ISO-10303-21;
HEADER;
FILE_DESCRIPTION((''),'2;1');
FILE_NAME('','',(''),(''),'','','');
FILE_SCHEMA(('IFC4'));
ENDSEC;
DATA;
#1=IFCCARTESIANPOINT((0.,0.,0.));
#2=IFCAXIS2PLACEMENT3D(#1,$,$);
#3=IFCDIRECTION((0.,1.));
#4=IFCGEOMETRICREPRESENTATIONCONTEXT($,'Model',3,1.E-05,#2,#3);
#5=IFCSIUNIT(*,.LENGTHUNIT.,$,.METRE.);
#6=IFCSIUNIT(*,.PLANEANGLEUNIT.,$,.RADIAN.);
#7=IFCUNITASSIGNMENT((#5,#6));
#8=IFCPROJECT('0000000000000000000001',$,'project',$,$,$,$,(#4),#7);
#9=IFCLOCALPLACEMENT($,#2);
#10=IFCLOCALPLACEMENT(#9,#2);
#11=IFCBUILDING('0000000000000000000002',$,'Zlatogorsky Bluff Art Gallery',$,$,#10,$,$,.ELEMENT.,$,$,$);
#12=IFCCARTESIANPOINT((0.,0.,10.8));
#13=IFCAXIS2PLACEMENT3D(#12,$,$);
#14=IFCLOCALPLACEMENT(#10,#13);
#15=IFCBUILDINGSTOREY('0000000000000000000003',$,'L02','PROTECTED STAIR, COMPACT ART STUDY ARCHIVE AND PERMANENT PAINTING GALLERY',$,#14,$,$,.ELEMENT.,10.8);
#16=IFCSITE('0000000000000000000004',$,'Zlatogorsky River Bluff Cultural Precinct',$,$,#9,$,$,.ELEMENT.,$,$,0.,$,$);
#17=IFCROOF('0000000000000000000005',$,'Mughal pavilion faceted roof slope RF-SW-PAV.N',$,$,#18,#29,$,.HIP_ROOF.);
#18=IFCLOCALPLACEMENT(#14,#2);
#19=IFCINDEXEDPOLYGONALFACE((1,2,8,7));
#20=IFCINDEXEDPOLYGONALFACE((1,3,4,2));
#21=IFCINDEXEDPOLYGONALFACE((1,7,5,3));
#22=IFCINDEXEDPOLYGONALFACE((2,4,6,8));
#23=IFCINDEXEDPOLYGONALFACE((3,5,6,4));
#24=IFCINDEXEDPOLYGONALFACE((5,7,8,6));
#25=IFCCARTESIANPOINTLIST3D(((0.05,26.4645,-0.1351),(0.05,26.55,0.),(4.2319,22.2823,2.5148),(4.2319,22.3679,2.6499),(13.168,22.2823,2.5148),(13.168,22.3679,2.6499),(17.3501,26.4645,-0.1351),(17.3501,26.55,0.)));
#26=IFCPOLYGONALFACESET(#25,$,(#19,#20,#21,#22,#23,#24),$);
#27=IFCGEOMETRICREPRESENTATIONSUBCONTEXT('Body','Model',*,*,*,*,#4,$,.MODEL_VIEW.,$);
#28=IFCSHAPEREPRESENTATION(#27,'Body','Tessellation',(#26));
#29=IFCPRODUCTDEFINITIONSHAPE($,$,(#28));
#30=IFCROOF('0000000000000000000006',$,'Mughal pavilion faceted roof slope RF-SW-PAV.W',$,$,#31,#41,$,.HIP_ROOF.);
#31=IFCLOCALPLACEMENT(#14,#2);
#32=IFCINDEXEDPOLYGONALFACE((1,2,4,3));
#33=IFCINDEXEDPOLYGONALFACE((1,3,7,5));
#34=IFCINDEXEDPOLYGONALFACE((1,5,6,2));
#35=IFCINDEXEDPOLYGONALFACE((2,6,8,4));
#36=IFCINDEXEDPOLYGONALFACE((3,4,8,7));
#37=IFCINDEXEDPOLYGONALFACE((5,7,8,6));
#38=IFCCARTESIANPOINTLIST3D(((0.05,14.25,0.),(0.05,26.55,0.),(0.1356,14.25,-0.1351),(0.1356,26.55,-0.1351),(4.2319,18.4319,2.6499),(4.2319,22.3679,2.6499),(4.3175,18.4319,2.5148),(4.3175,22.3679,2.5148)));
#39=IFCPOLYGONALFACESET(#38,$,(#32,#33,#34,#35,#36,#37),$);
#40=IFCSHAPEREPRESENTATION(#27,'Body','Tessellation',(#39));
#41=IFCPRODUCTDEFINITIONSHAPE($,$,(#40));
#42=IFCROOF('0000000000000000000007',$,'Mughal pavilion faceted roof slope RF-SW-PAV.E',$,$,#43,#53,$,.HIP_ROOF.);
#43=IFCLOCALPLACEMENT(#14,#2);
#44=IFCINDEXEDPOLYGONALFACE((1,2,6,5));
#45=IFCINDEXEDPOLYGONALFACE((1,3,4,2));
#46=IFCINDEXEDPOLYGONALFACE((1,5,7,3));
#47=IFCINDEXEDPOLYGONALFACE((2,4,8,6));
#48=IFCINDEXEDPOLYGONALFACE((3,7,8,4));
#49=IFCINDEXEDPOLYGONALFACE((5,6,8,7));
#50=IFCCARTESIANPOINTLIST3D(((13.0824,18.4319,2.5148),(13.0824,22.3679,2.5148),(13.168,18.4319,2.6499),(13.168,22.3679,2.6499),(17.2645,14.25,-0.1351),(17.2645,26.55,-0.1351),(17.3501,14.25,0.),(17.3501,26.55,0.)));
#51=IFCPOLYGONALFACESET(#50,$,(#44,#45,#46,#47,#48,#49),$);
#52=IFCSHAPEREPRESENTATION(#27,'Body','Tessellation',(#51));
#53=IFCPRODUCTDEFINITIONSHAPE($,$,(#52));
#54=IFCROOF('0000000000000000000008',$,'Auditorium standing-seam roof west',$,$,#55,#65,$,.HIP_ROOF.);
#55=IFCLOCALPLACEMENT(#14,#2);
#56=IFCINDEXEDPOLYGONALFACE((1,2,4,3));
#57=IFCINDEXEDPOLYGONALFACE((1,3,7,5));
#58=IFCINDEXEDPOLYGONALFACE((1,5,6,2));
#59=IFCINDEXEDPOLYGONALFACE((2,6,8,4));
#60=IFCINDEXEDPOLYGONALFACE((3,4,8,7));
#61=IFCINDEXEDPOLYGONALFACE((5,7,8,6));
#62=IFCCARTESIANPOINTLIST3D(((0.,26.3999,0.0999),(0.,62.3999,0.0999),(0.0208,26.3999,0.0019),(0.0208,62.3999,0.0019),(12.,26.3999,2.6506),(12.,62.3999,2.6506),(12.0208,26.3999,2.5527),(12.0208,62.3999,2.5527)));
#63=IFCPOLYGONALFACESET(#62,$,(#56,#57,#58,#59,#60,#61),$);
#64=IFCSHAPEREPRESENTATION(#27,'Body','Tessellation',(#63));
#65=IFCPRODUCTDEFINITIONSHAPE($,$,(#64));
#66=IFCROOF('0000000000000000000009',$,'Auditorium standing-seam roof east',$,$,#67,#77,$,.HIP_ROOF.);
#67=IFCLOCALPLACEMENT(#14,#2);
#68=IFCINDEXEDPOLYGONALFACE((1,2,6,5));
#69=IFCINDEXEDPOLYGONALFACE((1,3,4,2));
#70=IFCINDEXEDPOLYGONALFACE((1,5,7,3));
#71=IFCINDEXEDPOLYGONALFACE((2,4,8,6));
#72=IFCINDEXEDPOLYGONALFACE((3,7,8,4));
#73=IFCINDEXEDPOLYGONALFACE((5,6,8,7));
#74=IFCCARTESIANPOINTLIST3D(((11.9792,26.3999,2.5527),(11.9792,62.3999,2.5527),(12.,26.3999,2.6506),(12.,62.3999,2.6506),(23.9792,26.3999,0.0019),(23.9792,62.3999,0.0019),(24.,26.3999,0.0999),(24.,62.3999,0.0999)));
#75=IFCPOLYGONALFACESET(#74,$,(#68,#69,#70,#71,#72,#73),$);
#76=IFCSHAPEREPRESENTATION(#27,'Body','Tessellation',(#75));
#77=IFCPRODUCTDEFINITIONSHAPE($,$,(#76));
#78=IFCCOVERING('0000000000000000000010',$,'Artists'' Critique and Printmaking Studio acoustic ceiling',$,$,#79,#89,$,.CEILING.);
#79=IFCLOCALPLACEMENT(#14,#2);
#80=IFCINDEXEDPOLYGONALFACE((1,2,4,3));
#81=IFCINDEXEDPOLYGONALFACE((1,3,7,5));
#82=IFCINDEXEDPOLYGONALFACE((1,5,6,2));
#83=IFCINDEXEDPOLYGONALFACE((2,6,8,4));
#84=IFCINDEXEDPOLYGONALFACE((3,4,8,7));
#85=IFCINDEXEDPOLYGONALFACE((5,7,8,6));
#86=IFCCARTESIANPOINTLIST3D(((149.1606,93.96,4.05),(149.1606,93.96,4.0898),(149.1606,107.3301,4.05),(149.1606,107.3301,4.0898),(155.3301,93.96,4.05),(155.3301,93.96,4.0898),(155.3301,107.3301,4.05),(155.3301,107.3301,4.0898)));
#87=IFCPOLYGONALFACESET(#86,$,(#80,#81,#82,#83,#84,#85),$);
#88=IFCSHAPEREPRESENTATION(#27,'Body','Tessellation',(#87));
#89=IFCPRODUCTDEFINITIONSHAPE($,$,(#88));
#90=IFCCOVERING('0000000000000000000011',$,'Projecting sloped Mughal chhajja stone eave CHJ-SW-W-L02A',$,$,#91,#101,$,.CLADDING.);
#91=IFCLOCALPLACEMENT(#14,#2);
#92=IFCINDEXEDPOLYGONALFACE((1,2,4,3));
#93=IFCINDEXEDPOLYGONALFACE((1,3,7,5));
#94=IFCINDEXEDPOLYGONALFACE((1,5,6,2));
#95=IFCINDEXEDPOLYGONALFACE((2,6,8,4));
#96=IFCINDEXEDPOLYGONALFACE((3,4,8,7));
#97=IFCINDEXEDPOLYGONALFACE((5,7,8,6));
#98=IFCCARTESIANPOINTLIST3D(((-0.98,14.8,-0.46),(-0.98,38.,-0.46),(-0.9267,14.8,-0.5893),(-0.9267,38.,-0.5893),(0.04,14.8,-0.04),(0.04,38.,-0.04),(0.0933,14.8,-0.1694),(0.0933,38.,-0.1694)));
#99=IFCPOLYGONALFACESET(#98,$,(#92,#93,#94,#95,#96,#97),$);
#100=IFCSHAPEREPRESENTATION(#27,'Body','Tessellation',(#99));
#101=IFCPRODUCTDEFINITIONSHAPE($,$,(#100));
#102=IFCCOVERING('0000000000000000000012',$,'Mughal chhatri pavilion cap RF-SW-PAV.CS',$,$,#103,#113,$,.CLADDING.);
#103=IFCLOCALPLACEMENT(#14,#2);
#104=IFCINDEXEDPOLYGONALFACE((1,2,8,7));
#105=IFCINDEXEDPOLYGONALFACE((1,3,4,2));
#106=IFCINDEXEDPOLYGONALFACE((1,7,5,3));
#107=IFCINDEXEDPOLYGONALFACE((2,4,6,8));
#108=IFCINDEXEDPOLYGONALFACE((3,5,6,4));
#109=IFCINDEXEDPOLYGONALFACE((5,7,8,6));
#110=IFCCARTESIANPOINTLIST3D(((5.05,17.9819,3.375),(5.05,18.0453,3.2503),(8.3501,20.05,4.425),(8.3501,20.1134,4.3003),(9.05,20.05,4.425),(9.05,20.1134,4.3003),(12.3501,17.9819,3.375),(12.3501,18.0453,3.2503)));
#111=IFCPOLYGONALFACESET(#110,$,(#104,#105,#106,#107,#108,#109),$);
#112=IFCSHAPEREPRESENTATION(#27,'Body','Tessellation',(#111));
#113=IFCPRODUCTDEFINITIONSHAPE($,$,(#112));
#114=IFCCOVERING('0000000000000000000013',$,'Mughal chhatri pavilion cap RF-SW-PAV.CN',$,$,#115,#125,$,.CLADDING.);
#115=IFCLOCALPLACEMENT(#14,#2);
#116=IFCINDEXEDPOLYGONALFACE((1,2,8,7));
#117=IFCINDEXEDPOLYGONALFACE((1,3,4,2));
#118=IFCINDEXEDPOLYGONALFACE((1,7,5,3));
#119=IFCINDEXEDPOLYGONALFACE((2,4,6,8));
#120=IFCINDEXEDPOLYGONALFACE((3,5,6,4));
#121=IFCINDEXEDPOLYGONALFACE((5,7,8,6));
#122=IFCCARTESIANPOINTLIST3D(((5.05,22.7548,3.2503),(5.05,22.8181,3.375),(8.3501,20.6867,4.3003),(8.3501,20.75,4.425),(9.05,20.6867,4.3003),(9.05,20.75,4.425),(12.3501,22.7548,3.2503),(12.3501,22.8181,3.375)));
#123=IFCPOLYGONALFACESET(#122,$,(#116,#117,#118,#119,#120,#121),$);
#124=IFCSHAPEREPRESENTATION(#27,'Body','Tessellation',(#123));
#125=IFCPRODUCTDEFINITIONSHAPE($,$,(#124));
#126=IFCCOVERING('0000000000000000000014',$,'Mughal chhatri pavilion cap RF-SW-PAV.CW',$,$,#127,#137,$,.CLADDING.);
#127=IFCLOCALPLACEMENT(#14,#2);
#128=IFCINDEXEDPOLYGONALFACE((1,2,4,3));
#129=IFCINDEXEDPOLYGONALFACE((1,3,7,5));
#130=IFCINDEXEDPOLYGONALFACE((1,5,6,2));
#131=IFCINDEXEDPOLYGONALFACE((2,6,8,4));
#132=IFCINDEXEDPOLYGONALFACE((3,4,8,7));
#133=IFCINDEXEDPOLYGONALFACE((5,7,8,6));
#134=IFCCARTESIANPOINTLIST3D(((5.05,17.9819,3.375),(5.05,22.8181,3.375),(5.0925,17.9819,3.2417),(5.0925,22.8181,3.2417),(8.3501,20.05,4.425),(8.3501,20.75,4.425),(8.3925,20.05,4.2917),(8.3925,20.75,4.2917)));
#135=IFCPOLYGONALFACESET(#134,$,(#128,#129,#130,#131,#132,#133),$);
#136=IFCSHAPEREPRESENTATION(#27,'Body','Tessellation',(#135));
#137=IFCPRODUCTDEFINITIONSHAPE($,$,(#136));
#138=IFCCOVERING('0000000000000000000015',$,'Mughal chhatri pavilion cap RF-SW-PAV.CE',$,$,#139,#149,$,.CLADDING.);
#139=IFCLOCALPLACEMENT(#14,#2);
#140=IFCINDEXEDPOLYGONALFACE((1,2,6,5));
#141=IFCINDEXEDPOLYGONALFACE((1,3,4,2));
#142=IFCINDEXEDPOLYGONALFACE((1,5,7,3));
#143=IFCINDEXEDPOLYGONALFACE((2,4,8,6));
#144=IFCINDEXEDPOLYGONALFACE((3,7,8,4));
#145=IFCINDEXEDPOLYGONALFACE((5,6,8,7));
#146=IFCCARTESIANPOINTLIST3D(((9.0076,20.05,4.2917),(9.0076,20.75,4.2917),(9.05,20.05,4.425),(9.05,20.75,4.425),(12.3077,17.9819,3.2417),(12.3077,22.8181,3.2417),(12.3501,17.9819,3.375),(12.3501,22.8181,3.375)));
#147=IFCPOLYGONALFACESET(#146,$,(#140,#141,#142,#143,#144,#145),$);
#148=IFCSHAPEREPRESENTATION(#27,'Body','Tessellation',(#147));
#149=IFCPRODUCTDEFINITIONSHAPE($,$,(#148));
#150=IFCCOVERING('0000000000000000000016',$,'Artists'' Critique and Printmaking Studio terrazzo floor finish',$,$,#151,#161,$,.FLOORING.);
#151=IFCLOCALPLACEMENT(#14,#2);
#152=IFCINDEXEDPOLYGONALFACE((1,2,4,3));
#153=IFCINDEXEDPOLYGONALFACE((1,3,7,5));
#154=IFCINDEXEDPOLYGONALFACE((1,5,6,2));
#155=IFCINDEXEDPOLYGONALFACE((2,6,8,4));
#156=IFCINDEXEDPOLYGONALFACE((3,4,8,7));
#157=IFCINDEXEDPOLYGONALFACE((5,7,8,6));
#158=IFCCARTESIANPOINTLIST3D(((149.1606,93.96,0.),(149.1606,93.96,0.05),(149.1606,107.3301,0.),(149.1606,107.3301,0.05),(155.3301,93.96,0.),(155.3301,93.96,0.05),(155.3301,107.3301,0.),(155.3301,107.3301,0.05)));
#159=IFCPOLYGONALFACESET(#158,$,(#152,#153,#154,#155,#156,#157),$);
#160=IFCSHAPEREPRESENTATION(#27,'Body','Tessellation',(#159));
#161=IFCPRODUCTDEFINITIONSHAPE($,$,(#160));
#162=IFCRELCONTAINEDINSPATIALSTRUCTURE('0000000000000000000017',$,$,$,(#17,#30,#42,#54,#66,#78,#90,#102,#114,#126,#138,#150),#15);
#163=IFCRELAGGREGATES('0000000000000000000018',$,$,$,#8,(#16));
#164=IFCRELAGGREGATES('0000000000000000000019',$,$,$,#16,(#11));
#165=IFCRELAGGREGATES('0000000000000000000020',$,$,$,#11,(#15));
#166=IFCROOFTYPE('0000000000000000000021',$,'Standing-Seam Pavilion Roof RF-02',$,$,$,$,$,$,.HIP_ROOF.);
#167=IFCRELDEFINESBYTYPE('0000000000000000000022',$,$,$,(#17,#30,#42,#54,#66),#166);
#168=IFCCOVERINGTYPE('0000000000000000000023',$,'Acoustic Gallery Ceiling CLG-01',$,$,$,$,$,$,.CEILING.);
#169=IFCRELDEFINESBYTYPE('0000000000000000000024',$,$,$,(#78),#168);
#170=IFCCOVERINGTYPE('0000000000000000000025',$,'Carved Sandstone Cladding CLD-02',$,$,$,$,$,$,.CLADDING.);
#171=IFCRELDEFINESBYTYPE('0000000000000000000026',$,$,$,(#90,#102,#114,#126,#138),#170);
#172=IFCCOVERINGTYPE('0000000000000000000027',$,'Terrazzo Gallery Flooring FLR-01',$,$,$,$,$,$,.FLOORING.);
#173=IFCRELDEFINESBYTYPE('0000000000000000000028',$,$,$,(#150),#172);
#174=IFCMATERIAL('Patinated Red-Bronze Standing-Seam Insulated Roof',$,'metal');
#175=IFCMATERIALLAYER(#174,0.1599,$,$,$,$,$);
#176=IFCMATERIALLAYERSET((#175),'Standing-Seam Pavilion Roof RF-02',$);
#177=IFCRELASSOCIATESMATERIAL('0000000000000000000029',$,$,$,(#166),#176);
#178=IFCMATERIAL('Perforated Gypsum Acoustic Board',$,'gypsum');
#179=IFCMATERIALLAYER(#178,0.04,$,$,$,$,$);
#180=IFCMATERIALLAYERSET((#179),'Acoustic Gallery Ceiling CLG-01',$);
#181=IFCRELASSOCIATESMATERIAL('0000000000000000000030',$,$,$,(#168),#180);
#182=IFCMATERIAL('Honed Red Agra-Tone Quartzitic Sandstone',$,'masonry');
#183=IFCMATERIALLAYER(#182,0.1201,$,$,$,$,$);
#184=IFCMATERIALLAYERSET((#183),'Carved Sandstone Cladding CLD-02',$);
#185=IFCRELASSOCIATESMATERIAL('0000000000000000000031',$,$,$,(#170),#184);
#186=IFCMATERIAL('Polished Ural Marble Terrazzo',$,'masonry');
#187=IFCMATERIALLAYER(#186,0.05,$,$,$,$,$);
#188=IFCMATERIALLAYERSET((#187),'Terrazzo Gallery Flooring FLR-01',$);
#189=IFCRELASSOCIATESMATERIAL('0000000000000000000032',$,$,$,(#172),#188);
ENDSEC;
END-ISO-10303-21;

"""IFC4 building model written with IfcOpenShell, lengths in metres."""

from ifc_helpers import new_model, si_unit, direction, frame, origin, place, context, subcontext, project, spatial, polyline, outline, extrude, material, layer, layer_set, type_object, element, save


model = new_model("IFC4")

# Units and contexts
model_context = context("Model", 3, precision=1e-05, world=origin(), true_north=direction((0.0, 1.0)))
body_context = subcontext(model_context, "Body", "Model", "MODEL_VIEW")
ifc_project = project(units=[si_unit("LENGTHUNIT", "METRE"), si_unit("PLANEANGLEUNIT", "RADIAN")], contexts=[model_context])

# Site, building, storey
site_placement = place(None, origin())
site = spatial("IfcSite", under=ifc_project, at=site_placement, Name="Zlatogorsky River Bluff Cultural Precinct", CompositionType="ELEMENT", RefElevation=0.0)
building_placement = place(site_placement, origin())
building = spatial("IfcBuilding", under=site, at=building_placement, Name="Zlatogorsky Bluff Art Gallery", CompositionType="ELEMENT")
storey_placement = place(building_placement, frame((0.0, 0.0, 10.8)))
storey = spatial("IfcBuildingStorey", under=building, at=storey_placement, Name="L02", Description="PROTECTED STAIR, COMPACT ART STUDY ARCHIVE AND PERMANENT PAINTING GALLERY", CompositionType="ELEMENT", Elevation=10.8)

# Roofs
ifc_material_1 = material(Name="Patinated Red-Bronze Standing-Seam Insulated Roof", Category="metal")
ifc_layer_1 = layer(ifc_material_1, 0.1599)
ifc_layer_set_1 = layer_set([ifc_layer_1], Name="Standing-Seam Pavilion Roof RF-02")
roof_type = type_object("IfcRoofType", Name="Standing-Seam Pavilion Roof RF-02", PredefinedType="HIP_ROOF", material=ifc_layer_set_1)
roof_1_placement = place(storey_placement, frame((17.3501, 26.55, 0.0), z_axis=(0.0, 0.535228, 0.844708), x_axis=(-1.0, 0.0, 0.0)))
element("IfcRoof", 1, at=roof_1_placement, inside=storey, type_object=roof_type, Name="Mughal pavilion faceted roof slope RF-SW-PAV.N", PredefinedType="HIP_ROOF", context=body_context, shape_type="SweptSolid", body=[
    extrude(outline(polyline([(0.0, 0.0), (17.3, 0.0), (13.1182, 4.951), (4.1821, 4.951), (0.0, 0.0)])), origin(), (0.0, 0.0, -1.0), 0.1599),
])
roof_2_placement = place(storey_placement, frame((0.05, 26.55, 0.0), z_axis=(-0.53525, 0.0, 0.844693), x_axis=(0.0, -1.0, 0.0)))
element("IfcRoof", 2, at=roof_2_placement, inside=storey, type_object=roof_type, Name="Mughal pavilion faceted roof slope RF-SW-PAV.W", PredefinedType="HIP_ROOF", context=body_context, shape_type="SweptSolid", body=[
    extrude(outline(polyline([(0.0, 0.0), (12.3, 0.0), (8.1182, 4.9508), (4.1821, 4.9508), (0.0, 0.0)])), origin(), (0.0, 0.0, -1.0), 0.1599),
])
roof_3_placement = place(storey_placement, frame((17.3501, 14.25, 0.0), z_axis=(0.535228, 0.0, 0.844708), x_axis=(0.0, 1.0, 0.0)))
element("IfcRoof", 3, at=roof_3_placement, inside=storey, type_object=roof_type, Name="Mughal pavilion faceted roof slope RF-SW-PAV.E", PredefinedType="HIP_ROOF", context=body_context, shape_type="SweptSolid", body=[
    extrude(outline(polyline([(0.0, 0.0), (12.3, 0.0), (8.1179, 4.951), (4.1819, 4.951), (0.0, 0.0)])), origin(), (0.0, 0.0, -1.0), 0.1599),
])
for number, where, z_axis, x_axis, name in (
    (4, (0.0, 26.3999, 0.0999), (-0.20792, 0.0, 0.978146), (0.978146, 0.0, 0.20792), "Auditorium standing-seam roof west"),
    (5, (12.0, 26.3999, 2.6506), (0.20792, 0.0, 0.978146), (0.978146, 0.0, -0.20792), "Auditorium standing-seam roof east"),
):
    element("IfcRoof", number, at=place(storey_placement, frame(where, z_axis=z_axis, x_axis=x_axis)), inside=storey, type_object=roof_type, Name=name, PredefinedType="HIP_ROOF", context=body_context, shape_type="SweptSolid", body=[
        extrude(outline(polyline([(0.0, 0.0), (12.2681, 0.0), (12.2681, 36.0), (0.0, 36.0), (0.0, 0.0)])), origin(), (0.0, 0.0, -1.0), 0.1001),
    ])

# Coverings
ifc_material_2 = material(Name="Perforated Gypsum Acoustic Board", Category="gypsum")
ifc_layer_2 = layer(ifc_material_2, 0.04)
ifc_layer_set_2 = layer_set([ifc_layer_2], Name="Acoustic Gallery Ceiling CLG-01")
covering_type_1 = type_object("IfcCoveringType", Name="Acoustic Gallery Ceiling CLG-01", PredefinedType="CEILING", material=ifc_layer_set_2)
covering_1_placement = place(storey_placement, frame((0.0, 0.0, 4.05)))
element("IfcCovering", 6, at=covering_1_placement, inside=storey, type_object=covering_type_1, Name="Artists' Critique and Printmaking Studio acoustic ceiling", PredefinedType="CEILING", context=body_context, shape_type="SweptSolid", body=[
    extrude(outline(polyline([(149.1606, 93.96), (149.1606, 107.3301), (155.3301, 107.3301), (155.3301, 93.96), (149.1606, 93.96)])), origin(), (0.0, 0.0, 1.0), 0.0398),
])
ifc_material_3 = material(Name="Honed Red Agra-Tone Quartzitic Sandstone", Category="masonry")
ifc_layer_3 = layer(ifc_material_3, 0.1201)
ifc_layer_set_3 = layer_set([ifc_layer_3], Name="Carved Sandstone Cladding CLD-02")
covering_type_2 = type_object("IfcCoveringType", Name="Carved Sandstone Cladding CLD-02", PredefinedType="CLADDING", material=ifc_layer_set_3)
covering_2_placement = place(storey_placement, frame((0.04, 14.8, -0.04), z_axis=(-0.380683, 0.0, 0.924706), x_axis=(0.0, 1.0, 0.0)))
element("IfcCovering", 7, at=covering_2_placement, inside=storey, type_object=covering_type_2, Name="Projecting sloped Mughal chhajja stone eave CHJ-SW-W-L02A", PredefinedType="CLADDING", context=body_context, shape_type="SweptSolid", body=[
    extrude(outline(polyline([(0.0, 0.0), (23.2, 0.0), (23.2, 1.1031), (0.0, 1.1031), (0.0, 0.0)])), origin(), (0.0, 0.0, -1.0), 0.1399),
])
for number, where, z_axis, x_axis, name in (
    (8, (5.05, 17.9819, 3.375), (0.0, -0.452721, 0.891652), (1.0, 0.0, 0.0), "Mughal chhatri pavilion cap RF-SW-PAV.CS"),
    (9, (12.3501, 22.8181, 3.375), (0.0, 0.452721, 0.891652), (-1.0, 0.0, 0.0), "Mughal chhatri pavilion cap RF-SW-PAV.CN"),
):
    element("IfcCovering", number, at=place(storey_placement, frame(where, z_axis=z_axis, x_axis=x_axis)), inside=storey, type_object=covering_type_2, Name=name, PredefinedType="CLADDING", context=body_context, shape_type="SweptSolid", body=[
        extrude(outline(polyline([(0.0, 0.0), (7.3, 0.0), (4.0, 2.3194), (3.3, 2.3194), (0.0, 0.0)])), origin(), (0.0, 0.0, -1.0), 0.1399),
    ])
for number, where, z_axis, x_axis, name in (
    (10, (5.05, 22.8181, 3.375), (-0.303212, 0.0, 0.952923), (0.0, -1.0, 0.0), "Mughal chhatri pavilion cap RF-SW-PAV.CW"),
    (11, (12.3501, 17.9819, 3.375), (0.303212, 0.0, 0.952923), (0.0, 1.0, 0.0), "Mughal chhatri pavilion cap RF-SW-PAV.CE"),
):
    element("IfcCovering", number, at=place(storey_placement, frame(where, z_axis=z_axis, x_axis=x_axis)), inside=storey, type_object=covering_type_2, Name=name, PredefinedType="CLADDING", context=body_context, shape_type="SweptSolid", body=[
        extrude(outline(polyline([(0.0, 0.0), (4.8362, 0.0), (2.7681, 3.4631), (2.0681, 3.4631), (0.0, 0.0)])), origin(), (0.0, 0.0, -1.0), 0.1399),
    ])
ifc_material_4 = material(Name="Polished Ural Marble Terrazzo", Category="masonry")
ifc_layer_4 = layer(ifc_material_4, 0.05)
ifc_layer_set_4 = layer_set([ifc_layer_4], Name="Terrazzo Gallery Flooring FLR-01")
covering_type_3 = type_object("IfcCoveringType", Name="Terrazzo Gallery Flooring FLR-01", PredefinedType="FLOORING", material=ifc_layer_set_4)
covering_3_placement = place(storey_placement, origin())
element("IfcCovering", 12, at=covering_3_placement, inside=storey, type_object=covering_type_3, Name="Artists' Critique and Printmaking Studio terrazzo floor finish", PredefinedType="FLOORING", context=body_context, shape_type="SweptSolid", body=[
    extrude(outline(polyline([(149.1606, 93.96), (149.1606, 107.3301), (155.3301, 107.3301), (155.3301, 93.96), (149.1606, 93.96)])), origin(), (0.0, 0.0, 1.0), 0.05),
])

save(model, "model.ifc")
